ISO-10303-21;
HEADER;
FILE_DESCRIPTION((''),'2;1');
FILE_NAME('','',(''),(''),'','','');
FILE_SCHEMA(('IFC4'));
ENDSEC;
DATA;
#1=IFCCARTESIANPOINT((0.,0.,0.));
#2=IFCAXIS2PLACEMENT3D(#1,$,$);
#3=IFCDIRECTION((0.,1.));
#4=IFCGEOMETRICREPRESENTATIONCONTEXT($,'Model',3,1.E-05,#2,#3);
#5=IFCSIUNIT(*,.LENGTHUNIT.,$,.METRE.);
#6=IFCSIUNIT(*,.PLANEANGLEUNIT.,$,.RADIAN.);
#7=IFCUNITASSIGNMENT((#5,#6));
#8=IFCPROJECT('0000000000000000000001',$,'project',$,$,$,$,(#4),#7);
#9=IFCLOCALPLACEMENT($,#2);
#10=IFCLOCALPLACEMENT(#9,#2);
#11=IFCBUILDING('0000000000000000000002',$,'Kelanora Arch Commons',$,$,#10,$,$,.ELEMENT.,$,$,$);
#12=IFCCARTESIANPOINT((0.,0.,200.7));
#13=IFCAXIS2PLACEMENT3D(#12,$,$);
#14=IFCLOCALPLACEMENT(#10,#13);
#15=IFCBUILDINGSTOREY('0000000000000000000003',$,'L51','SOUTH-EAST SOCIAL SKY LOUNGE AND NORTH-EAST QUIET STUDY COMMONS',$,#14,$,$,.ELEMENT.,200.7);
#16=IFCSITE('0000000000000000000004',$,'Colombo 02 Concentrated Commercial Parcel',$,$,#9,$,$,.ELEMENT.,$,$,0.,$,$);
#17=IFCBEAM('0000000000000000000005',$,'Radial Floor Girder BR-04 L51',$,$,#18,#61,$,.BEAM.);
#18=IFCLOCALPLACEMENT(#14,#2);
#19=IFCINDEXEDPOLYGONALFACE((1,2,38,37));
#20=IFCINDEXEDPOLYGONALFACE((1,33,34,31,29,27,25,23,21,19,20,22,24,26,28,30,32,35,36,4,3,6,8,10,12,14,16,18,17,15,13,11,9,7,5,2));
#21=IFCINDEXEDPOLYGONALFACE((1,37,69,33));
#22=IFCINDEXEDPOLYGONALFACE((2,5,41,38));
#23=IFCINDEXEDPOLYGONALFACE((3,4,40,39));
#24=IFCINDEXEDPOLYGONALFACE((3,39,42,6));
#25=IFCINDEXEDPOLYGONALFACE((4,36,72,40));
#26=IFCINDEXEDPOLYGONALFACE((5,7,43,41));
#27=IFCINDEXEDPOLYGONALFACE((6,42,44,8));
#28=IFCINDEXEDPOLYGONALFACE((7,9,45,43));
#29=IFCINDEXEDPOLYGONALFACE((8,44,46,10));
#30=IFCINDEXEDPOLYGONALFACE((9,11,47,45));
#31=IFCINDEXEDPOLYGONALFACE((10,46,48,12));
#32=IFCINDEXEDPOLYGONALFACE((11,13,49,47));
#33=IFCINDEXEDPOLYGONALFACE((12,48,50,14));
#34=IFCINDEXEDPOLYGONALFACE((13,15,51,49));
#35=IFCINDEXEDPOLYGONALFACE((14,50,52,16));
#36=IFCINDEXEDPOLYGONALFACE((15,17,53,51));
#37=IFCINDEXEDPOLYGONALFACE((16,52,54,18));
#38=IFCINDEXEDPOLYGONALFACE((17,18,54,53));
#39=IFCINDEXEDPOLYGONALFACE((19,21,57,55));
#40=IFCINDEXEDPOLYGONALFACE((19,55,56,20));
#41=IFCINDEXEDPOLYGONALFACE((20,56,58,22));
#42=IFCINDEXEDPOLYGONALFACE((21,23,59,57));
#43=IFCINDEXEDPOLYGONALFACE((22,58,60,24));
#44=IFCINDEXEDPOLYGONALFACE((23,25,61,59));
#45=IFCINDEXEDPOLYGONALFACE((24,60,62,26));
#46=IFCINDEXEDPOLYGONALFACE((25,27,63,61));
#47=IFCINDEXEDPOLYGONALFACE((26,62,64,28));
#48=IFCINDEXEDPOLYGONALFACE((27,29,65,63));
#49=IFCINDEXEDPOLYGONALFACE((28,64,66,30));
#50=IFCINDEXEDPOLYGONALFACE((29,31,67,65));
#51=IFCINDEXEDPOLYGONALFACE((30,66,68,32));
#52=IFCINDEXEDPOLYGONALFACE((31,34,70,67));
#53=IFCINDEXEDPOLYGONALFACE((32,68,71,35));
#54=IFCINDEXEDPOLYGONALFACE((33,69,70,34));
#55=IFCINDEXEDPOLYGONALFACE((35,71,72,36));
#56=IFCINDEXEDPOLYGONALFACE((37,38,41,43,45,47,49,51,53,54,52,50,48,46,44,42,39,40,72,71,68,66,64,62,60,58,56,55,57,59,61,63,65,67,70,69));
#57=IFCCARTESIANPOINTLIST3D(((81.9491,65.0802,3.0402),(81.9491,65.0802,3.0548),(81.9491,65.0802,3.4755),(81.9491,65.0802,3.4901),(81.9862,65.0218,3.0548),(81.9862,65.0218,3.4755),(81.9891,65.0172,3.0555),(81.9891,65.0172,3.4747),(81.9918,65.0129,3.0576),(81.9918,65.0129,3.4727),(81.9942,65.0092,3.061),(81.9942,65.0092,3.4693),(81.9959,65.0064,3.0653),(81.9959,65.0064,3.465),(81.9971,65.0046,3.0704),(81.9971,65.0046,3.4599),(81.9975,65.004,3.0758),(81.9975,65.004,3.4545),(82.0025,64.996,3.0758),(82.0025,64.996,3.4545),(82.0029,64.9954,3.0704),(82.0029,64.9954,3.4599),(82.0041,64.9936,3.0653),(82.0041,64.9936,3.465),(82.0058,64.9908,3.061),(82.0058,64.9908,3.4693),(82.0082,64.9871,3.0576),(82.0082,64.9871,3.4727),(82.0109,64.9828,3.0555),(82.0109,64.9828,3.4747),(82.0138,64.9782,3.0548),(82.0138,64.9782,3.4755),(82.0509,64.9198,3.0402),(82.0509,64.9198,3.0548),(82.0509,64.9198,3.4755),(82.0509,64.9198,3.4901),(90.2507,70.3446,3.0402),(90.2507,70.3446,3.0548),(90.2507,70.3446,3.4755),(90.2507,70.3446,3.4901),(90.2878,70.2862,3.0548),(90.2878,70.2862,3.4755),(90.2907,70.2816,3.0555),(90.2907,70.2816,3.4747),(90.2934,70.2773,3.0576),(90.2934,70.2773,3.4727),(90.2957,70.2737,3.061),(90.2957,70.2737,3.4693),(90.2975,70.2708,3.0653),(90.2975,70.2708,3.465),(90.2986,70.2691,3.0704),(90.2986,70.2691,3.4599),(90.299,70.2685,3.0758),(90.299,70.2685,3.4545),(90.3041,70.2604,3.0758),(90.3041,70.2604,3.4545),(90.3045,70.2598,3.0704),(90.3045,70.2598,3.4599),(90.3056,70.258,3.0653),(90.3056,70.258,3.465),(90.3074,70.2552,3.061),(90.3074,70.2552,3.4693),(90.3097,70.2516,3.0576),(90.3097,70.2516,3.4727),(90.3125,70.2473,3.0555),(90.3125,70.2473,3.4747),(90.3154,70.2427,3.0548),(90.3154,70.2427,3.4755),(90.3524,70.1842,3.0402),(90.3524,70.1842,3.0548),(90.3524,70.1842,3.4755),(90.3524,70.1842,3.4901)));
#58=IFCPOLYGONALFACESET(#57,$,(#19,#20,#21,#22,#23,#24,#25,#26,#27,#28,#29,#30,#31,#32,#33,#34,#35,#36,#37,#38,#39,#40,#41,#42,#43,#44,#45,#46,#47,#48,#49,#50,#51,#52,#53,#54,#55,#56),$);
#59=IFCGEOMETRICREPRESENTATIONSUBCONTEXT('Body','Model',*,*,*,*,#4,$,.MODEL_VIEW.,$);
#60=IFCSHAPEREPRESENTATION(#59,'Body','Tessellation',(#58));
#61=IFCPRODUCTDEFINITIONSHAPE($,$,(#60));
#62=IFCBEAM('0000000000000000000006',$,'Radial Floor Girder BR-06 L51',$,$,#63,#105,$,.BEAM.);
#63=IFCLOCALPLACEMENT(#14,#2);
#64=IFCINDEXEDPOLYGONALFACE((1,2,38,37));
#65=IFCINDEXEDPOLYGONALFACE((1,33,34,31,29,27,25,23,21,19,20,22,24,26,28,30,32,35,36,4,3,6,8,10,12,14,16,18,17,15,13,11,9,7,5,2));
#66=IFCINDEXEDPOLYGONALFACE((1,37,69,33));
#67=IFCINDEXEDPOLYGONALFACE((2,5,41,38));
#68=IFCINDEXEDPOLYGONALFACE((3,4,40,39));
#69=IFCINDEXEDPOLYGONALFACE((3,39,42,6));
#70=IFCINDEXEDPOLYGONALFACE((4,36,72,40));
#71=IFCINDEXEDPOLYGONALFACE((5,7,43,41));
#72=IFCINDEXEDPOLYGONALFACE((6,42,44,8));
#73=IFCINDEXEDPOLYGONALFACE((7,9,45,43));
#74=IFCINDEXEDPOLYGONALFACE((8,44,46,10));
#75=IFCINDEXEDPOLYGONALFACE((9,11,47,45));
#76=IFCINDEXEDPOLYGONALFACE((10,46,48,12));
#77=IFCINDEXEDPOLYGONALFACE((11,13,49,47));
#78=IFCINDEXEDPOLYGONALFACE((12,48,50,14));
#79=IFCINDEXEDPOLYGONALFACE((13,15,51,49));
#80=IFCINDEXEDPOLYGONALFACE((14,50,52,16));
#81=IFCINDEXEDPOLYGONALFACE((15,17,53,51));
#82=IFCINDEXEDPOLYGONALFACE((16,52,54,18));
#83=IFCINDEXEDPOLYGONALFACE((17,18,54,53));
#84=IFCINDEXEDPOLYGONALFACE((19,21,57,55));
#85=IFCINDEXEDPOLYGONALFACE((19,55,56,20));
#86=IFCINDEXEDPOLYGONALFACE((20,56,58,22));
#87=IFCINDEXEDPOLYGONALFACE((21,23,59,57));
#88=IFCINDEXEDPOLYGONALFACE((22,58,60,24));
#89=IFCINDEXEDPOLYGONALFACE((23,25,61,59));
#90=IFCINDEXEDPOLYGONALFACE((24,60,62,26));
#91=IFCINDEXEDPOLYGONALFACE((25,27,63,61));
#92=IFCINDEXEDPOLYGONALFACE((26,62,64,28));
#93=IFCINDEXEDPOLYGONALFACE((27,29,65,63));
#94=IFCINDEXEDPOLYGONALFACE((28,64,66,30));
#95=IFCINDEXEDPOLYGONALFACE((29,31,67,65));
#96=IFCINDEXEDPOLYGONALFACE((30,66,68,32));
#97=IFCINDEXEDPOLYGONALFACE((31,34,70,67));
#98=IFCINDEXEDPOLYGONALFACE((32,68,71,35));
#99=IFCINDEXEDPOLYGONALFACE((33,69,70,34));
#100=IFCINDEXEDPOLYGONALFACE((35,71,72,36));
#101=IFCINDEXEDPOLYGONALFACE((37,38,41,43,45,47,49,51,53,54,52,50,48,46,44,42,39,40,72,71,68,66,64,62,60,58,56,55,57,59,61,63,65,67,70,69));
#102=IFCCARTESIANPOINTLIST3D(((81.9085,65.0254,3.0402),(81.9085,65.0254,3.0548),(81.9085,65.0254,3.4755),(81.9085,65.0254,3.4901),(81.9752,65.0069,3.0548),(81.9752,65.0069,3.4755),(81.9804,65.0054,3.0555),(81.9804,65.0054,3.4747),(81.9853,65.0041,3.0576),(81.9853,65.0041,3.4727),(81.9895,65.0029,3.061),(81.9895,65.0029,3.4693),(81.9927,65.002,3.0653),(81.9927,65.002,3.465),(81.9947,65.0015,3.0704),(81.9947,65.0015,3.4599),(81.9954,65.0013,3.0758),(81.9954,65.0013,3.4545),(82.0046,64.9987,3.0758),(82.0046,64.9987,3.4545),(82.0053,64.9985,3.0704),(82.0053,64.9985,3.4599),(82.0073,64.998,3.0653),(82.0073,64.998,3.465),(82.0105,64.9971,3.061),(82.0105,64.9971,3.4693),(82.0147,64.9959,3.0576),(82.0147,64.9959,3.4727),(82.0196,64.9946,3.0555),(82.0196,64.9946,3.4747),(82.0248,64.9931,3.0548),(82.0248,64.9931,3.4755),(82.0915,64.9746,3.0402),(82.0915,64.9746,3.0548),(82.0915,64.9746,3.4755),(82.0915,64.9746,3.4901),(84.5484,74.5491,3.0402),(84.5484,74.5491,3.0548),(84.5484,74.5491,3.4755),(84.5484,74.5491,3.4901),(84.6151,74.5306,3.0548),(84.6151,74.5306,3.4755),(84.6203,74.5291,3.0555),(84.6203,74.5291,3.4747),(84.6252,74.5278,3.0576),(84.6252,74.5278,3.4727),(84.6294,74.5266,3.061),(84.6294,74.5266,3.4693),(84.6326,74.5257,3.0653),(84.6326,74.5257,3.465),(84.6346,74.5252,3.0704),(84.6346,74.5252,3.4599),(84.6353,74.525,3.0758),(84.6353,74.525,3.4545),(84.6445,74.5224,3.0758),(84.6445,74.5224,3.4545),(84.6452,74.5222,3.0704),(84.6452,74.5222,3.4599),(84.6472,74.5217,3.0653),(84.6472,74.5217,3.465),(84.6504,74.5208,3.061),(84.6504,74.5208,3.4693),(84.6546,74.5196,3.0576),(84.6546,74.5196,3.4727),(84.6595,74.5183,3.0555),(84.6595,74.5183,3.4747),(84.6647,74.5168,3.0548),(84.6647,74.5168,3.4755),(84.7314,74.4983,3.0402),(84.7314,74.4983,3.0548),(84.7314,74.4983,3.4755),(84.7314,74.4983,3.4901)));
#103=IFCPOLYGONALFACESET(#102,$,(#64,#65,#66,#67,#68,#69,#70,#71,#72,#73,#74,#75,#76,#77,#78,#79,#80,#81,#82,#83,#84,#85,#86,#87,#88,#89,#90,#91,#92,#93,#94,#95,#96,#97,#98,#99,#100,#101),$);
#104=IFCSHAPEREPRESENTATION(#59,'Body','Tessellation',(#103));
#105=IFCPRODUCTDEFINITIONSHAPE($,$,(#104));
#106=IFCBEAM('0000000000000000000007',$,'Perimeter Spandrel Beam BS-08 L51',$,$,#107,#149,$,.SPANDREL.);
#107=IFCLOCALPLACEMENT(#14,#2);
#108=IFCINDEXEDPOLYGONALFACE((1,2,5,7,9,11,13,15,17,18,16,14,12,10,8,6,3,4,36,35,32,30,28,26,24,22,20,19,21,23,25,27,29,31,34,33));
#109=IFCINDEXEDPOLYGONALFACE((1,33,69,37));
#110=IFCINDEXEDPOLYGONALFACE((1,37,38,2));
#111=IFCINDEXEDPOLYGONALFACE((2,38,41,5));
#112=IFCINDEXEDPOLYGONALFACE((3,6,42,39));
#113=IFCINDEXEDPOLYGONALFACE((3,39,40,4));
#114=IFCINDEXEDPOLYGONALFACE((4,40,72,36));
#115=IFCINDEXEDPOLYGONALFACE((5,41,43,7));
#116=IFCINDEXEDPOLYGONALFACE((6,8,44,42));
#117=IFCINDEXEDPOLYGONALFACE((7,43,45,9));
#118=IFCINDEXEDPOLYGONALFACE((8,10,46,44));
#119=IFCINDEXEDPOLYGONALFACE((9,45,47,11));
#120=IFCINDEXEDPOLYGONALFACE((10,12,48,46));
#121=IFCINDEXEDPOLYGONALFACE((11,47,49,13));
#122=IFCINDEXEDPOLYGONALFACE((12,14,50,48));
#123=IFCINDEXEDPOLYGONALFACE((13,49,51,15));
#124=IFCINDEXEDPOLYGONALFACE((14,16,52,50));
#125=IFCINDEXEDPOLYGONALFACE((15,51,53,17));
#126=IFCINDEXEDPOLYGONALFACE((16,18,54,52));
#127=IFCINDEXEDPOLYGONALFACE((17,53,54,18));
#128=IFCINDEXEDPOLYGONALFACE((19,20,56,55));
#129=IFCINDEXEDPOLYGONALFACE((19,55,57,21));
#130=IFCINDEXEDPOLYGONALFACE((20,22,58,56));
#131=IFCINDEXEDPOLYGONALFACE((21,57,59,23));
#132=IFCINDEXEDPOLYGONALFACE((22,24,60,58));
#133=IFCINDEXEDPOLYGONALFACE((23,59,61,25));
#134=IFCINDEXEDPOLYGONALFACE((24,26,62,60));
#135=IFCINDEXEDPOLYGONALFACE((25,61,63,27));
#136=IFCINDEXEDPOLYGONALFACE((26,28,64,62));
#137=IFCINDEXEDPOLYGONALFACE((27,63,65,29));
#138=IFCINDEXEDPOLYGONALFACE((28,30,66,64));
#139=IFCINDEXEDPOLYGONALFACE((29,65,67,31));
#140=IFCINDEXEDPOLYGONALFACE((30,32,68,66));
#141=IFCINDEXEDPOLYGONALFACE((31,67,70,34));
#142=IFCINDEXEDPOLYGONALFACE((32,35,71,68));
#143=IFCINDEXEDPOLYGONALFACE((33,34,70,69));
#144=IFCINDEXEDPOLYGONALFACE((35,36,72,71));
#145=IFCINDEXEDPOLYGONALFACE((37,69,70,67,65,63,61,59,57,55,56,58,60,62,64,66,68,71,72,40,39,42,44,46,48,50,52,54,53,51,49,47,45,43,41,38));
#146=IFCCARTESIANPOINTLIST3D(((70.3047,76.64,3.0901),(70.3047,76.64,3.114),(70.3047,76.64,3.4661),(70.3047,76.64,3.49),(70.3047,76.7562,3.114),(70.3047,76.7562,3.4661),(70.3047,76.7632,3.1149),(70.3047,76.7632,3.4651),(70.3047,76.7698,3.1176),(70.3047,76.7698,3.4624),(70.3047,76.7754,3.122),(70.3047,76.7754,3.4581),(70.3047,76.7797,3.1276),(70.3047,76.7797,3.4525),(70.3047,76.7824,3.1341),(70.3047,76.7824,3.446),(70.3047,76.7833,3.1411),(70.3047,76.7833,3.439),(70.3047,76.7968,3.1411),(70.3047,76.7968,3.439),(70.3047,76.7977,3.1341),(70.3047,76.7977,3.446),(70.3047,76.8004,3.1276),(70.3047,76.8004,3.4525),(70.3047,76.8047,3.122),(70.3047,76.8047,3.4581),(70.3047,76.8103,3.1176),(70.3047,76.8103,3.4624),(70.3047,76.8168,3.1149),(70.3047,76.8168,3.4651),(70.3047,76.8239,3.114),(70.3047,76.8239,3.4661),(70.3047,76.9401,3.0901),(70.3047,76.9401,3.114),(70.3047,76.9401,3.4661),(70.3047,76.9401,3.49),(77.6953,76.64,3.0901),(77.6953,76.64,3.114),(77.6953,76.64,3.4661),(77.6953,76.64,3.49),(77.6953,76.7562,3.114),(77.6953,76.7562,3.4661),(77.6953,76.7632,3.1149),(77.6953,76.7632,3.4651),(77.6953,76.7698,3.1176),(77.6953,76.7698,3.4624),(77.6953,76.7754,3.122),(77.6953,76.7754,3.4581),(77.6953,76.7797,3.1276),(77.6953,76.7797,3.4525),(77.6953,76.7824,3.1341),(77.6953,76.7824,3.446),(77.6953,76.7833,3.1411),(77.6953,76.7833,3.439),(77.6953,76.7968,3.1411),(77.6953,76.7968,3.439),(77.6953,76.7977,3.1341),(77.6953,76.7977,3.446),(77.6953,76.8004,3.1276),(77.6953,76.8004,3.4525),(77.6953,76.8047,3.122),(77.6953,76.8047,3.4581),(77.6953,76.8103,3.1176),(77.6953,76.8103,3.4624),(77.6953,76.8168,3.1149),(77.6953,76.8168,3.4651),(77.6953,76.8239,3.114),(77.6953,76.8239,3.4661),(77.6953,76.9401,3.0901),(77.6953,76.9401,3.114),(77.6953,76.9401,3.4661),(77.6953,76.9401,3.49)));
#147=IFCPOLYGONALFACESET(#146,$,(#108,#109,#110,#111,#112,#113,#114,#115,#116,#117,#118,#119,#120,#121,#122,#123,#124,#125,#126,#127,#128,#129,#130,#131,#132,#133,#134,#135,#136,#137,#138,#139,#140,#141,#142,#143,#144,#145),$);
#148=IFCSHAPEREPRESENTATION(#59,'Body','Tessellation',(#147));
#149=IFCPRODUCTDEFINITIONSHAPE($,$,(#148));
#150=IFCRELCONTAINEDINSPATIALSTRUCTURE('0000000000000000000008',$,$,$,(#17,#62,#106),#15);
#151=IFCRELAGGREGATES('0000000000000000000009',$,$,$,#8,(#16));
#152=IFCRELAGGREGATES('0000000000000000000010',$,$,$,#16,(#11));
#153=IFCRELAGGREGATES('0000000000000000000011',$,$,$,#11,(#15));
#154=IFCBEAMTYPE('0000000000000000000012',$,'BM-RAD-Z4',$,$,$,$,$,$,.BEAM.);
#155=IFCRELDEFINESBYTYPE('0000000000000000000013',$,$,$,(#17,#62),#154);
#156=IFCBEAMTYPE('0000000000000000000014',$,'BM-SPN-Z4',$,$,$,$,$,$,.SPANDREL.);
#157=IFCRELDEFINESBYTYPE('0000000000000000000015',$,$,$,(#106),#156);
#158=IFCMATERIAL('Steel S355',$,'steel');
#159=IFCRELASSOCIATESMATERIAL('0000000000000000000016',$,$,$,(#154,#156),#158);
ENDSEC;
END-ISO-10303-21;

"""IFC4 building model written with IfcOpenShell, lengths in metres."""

from ifc_helpers import new_model, si_unit, direction, frame, origin, origin_2d, place, context, subcontext, project, spatial, i_section, extrude, material, material_profile, profile_set, type_object, element, save


model = new_model("IFC4")

# Units and contexts
model_context = context("Model", 3, precision=1e-05, world=origin(), true_north=direction((0.0, 1.0)))
body_context = subcontext(model_context, "Body", "Model", "MODEL_VIEW")
ifc_project = project(units=[si_unit("LENGTHUNIT", "METRE"), si_unit("PLANEANGLEUNIT", "RADIAN")], contexts=[model_context])

# Site, building, storey
site_placement = place(None, origin())
site = spatial("IfcSite", under=ifc_project, at=site_placement, Name="Colombo 02 Concentrated Commercial Parcel", CompositionType="ELEMENT", RefElevation=0.0)
building_placement = place(site_placement, origin())
building = spatial("IfcBuilding", under=site, at=building_placement, Name="Kelanora Arch Commons", CompositionType="ELEMENT")
storey_placement = place(building_placement, frame((0.0, 0.0, 200.7)))
storey = spatial("IfcBuildingStorey", under=building, at=storey_placement, Name="L51", Description="SOUTH-EAST SOCIAL SKY LOUNGE AND NORTH-EAST QUIET STUDY COMMONS", CompositionType="ELEMENT", Elevation=200.7)

# Beams
ifc_material_1 = material(Name="Steel S355", Category="steel")
ifc_material_profile_1 = material_profile(ifc_material_1, i_section(OverallWidth=0.1899, OverallDepth=0.45, WebThickness=0.0095, FlangeThickness=0.0146, FilletRadius=0.021, at=origin_2d()), Name="IPE450")
ifc_profile_set_1 = profile_set([ifc_material_profile_1], Name="Steel S355")
beam_type_1 = type_object("IfcBeamType", Name="BM-RAD-Z4", PredefinedType="BEAM", material=ifc_profile_set_1)
beam_1_placement = place(storey_placement, frame((82.0, 65.0, 3.2651), z_axis=(0.844507, 0.535544, 0.0), x_axis=(-0.535544, 0.844507, 0.0)))
element("IfcBeam", 1, at=beam_1_placement, inside=storey, type_object=beam_type_1, Name="Radial Floor Girder BR-04 L51", PredefinedType="BEAM", context=body_context, shape_type="SweptSolid", body=[
    extrude(i_section(OverallWidth=0.1899, OverallDepth=0.45, WebThickness=0.0095, FlangeThickness=0.0146, FilletRadius=0.021, at=origin_2d()), origin(), (0.0, 0.0, 1.0), 9.8301),
])
beam_2_placement = place(storey_placement, frame((82.0, 65.0, 3.2651), z_axis=(0.26712, 0.963663, 0.0), x_axis=(-0.963663, 0.26712, 0.0)))
element("IfcBeam", 2, at=beam_2_placement, inside=storey, type_object=beam_type_1, Name="Radial Floor Girder BR-06 L51", PredefinedType="BEAM", context=body_context, shape_type="SweptSolid", body=[
    extrude(i_section(OverallWidth=0.1899, OverallDepth=0.45, WebThickness=0.0095, FlangeThickness=0.0146, FilletRadius=0.021, at=origin_2d()), origin(), (0.0, 0.0, 1.0), 9.8828),
])
ifc_material_profile_2 = material_profile(ifc_material_1, i_section(OverallWidth=0.3, OverallDepth=0.3999, WebThickness=0.0134, FlangeThickness=0.0239, FilletRadius=0.0271, at=origin_2d()), Name="HEB400")
ifc_profile_set_2 = profile_set([ifc_material_profile_2], Name="Steel S355")
beam_type_2 = type_object("IfcBeamType", Name="BM-SPN-Z4", PredefinedType="SPANDREL", material=ifc_profile_set_2)
beam_3_placement = place(storey_placement, frame((77.6953, 76.79, 3.29), z_axis=(-1.0, 0.0, 0.0), x_axis=(0.0, -1.0, 0.0)))
element("IfcBeam", 3, at=beam_3_placement, inside=storey, type_object=beam_type_2, Name="Perimeter Spandrel Beam BS-08 L51", PredefinedType="SPANDREL", context=body_context, shape_type="SweptSolid", body=[
    extrude(i_section(OverallWidth=0.3, OverallDepth=0.3999, WebThickness=0.0134, FlangeThickness=0.0239, FilletRadius=0.0271, at=origin_2d()), origin(), (0.0, 0.0, 1.0), 7.3906),
])

save(model, "model.ifc")
